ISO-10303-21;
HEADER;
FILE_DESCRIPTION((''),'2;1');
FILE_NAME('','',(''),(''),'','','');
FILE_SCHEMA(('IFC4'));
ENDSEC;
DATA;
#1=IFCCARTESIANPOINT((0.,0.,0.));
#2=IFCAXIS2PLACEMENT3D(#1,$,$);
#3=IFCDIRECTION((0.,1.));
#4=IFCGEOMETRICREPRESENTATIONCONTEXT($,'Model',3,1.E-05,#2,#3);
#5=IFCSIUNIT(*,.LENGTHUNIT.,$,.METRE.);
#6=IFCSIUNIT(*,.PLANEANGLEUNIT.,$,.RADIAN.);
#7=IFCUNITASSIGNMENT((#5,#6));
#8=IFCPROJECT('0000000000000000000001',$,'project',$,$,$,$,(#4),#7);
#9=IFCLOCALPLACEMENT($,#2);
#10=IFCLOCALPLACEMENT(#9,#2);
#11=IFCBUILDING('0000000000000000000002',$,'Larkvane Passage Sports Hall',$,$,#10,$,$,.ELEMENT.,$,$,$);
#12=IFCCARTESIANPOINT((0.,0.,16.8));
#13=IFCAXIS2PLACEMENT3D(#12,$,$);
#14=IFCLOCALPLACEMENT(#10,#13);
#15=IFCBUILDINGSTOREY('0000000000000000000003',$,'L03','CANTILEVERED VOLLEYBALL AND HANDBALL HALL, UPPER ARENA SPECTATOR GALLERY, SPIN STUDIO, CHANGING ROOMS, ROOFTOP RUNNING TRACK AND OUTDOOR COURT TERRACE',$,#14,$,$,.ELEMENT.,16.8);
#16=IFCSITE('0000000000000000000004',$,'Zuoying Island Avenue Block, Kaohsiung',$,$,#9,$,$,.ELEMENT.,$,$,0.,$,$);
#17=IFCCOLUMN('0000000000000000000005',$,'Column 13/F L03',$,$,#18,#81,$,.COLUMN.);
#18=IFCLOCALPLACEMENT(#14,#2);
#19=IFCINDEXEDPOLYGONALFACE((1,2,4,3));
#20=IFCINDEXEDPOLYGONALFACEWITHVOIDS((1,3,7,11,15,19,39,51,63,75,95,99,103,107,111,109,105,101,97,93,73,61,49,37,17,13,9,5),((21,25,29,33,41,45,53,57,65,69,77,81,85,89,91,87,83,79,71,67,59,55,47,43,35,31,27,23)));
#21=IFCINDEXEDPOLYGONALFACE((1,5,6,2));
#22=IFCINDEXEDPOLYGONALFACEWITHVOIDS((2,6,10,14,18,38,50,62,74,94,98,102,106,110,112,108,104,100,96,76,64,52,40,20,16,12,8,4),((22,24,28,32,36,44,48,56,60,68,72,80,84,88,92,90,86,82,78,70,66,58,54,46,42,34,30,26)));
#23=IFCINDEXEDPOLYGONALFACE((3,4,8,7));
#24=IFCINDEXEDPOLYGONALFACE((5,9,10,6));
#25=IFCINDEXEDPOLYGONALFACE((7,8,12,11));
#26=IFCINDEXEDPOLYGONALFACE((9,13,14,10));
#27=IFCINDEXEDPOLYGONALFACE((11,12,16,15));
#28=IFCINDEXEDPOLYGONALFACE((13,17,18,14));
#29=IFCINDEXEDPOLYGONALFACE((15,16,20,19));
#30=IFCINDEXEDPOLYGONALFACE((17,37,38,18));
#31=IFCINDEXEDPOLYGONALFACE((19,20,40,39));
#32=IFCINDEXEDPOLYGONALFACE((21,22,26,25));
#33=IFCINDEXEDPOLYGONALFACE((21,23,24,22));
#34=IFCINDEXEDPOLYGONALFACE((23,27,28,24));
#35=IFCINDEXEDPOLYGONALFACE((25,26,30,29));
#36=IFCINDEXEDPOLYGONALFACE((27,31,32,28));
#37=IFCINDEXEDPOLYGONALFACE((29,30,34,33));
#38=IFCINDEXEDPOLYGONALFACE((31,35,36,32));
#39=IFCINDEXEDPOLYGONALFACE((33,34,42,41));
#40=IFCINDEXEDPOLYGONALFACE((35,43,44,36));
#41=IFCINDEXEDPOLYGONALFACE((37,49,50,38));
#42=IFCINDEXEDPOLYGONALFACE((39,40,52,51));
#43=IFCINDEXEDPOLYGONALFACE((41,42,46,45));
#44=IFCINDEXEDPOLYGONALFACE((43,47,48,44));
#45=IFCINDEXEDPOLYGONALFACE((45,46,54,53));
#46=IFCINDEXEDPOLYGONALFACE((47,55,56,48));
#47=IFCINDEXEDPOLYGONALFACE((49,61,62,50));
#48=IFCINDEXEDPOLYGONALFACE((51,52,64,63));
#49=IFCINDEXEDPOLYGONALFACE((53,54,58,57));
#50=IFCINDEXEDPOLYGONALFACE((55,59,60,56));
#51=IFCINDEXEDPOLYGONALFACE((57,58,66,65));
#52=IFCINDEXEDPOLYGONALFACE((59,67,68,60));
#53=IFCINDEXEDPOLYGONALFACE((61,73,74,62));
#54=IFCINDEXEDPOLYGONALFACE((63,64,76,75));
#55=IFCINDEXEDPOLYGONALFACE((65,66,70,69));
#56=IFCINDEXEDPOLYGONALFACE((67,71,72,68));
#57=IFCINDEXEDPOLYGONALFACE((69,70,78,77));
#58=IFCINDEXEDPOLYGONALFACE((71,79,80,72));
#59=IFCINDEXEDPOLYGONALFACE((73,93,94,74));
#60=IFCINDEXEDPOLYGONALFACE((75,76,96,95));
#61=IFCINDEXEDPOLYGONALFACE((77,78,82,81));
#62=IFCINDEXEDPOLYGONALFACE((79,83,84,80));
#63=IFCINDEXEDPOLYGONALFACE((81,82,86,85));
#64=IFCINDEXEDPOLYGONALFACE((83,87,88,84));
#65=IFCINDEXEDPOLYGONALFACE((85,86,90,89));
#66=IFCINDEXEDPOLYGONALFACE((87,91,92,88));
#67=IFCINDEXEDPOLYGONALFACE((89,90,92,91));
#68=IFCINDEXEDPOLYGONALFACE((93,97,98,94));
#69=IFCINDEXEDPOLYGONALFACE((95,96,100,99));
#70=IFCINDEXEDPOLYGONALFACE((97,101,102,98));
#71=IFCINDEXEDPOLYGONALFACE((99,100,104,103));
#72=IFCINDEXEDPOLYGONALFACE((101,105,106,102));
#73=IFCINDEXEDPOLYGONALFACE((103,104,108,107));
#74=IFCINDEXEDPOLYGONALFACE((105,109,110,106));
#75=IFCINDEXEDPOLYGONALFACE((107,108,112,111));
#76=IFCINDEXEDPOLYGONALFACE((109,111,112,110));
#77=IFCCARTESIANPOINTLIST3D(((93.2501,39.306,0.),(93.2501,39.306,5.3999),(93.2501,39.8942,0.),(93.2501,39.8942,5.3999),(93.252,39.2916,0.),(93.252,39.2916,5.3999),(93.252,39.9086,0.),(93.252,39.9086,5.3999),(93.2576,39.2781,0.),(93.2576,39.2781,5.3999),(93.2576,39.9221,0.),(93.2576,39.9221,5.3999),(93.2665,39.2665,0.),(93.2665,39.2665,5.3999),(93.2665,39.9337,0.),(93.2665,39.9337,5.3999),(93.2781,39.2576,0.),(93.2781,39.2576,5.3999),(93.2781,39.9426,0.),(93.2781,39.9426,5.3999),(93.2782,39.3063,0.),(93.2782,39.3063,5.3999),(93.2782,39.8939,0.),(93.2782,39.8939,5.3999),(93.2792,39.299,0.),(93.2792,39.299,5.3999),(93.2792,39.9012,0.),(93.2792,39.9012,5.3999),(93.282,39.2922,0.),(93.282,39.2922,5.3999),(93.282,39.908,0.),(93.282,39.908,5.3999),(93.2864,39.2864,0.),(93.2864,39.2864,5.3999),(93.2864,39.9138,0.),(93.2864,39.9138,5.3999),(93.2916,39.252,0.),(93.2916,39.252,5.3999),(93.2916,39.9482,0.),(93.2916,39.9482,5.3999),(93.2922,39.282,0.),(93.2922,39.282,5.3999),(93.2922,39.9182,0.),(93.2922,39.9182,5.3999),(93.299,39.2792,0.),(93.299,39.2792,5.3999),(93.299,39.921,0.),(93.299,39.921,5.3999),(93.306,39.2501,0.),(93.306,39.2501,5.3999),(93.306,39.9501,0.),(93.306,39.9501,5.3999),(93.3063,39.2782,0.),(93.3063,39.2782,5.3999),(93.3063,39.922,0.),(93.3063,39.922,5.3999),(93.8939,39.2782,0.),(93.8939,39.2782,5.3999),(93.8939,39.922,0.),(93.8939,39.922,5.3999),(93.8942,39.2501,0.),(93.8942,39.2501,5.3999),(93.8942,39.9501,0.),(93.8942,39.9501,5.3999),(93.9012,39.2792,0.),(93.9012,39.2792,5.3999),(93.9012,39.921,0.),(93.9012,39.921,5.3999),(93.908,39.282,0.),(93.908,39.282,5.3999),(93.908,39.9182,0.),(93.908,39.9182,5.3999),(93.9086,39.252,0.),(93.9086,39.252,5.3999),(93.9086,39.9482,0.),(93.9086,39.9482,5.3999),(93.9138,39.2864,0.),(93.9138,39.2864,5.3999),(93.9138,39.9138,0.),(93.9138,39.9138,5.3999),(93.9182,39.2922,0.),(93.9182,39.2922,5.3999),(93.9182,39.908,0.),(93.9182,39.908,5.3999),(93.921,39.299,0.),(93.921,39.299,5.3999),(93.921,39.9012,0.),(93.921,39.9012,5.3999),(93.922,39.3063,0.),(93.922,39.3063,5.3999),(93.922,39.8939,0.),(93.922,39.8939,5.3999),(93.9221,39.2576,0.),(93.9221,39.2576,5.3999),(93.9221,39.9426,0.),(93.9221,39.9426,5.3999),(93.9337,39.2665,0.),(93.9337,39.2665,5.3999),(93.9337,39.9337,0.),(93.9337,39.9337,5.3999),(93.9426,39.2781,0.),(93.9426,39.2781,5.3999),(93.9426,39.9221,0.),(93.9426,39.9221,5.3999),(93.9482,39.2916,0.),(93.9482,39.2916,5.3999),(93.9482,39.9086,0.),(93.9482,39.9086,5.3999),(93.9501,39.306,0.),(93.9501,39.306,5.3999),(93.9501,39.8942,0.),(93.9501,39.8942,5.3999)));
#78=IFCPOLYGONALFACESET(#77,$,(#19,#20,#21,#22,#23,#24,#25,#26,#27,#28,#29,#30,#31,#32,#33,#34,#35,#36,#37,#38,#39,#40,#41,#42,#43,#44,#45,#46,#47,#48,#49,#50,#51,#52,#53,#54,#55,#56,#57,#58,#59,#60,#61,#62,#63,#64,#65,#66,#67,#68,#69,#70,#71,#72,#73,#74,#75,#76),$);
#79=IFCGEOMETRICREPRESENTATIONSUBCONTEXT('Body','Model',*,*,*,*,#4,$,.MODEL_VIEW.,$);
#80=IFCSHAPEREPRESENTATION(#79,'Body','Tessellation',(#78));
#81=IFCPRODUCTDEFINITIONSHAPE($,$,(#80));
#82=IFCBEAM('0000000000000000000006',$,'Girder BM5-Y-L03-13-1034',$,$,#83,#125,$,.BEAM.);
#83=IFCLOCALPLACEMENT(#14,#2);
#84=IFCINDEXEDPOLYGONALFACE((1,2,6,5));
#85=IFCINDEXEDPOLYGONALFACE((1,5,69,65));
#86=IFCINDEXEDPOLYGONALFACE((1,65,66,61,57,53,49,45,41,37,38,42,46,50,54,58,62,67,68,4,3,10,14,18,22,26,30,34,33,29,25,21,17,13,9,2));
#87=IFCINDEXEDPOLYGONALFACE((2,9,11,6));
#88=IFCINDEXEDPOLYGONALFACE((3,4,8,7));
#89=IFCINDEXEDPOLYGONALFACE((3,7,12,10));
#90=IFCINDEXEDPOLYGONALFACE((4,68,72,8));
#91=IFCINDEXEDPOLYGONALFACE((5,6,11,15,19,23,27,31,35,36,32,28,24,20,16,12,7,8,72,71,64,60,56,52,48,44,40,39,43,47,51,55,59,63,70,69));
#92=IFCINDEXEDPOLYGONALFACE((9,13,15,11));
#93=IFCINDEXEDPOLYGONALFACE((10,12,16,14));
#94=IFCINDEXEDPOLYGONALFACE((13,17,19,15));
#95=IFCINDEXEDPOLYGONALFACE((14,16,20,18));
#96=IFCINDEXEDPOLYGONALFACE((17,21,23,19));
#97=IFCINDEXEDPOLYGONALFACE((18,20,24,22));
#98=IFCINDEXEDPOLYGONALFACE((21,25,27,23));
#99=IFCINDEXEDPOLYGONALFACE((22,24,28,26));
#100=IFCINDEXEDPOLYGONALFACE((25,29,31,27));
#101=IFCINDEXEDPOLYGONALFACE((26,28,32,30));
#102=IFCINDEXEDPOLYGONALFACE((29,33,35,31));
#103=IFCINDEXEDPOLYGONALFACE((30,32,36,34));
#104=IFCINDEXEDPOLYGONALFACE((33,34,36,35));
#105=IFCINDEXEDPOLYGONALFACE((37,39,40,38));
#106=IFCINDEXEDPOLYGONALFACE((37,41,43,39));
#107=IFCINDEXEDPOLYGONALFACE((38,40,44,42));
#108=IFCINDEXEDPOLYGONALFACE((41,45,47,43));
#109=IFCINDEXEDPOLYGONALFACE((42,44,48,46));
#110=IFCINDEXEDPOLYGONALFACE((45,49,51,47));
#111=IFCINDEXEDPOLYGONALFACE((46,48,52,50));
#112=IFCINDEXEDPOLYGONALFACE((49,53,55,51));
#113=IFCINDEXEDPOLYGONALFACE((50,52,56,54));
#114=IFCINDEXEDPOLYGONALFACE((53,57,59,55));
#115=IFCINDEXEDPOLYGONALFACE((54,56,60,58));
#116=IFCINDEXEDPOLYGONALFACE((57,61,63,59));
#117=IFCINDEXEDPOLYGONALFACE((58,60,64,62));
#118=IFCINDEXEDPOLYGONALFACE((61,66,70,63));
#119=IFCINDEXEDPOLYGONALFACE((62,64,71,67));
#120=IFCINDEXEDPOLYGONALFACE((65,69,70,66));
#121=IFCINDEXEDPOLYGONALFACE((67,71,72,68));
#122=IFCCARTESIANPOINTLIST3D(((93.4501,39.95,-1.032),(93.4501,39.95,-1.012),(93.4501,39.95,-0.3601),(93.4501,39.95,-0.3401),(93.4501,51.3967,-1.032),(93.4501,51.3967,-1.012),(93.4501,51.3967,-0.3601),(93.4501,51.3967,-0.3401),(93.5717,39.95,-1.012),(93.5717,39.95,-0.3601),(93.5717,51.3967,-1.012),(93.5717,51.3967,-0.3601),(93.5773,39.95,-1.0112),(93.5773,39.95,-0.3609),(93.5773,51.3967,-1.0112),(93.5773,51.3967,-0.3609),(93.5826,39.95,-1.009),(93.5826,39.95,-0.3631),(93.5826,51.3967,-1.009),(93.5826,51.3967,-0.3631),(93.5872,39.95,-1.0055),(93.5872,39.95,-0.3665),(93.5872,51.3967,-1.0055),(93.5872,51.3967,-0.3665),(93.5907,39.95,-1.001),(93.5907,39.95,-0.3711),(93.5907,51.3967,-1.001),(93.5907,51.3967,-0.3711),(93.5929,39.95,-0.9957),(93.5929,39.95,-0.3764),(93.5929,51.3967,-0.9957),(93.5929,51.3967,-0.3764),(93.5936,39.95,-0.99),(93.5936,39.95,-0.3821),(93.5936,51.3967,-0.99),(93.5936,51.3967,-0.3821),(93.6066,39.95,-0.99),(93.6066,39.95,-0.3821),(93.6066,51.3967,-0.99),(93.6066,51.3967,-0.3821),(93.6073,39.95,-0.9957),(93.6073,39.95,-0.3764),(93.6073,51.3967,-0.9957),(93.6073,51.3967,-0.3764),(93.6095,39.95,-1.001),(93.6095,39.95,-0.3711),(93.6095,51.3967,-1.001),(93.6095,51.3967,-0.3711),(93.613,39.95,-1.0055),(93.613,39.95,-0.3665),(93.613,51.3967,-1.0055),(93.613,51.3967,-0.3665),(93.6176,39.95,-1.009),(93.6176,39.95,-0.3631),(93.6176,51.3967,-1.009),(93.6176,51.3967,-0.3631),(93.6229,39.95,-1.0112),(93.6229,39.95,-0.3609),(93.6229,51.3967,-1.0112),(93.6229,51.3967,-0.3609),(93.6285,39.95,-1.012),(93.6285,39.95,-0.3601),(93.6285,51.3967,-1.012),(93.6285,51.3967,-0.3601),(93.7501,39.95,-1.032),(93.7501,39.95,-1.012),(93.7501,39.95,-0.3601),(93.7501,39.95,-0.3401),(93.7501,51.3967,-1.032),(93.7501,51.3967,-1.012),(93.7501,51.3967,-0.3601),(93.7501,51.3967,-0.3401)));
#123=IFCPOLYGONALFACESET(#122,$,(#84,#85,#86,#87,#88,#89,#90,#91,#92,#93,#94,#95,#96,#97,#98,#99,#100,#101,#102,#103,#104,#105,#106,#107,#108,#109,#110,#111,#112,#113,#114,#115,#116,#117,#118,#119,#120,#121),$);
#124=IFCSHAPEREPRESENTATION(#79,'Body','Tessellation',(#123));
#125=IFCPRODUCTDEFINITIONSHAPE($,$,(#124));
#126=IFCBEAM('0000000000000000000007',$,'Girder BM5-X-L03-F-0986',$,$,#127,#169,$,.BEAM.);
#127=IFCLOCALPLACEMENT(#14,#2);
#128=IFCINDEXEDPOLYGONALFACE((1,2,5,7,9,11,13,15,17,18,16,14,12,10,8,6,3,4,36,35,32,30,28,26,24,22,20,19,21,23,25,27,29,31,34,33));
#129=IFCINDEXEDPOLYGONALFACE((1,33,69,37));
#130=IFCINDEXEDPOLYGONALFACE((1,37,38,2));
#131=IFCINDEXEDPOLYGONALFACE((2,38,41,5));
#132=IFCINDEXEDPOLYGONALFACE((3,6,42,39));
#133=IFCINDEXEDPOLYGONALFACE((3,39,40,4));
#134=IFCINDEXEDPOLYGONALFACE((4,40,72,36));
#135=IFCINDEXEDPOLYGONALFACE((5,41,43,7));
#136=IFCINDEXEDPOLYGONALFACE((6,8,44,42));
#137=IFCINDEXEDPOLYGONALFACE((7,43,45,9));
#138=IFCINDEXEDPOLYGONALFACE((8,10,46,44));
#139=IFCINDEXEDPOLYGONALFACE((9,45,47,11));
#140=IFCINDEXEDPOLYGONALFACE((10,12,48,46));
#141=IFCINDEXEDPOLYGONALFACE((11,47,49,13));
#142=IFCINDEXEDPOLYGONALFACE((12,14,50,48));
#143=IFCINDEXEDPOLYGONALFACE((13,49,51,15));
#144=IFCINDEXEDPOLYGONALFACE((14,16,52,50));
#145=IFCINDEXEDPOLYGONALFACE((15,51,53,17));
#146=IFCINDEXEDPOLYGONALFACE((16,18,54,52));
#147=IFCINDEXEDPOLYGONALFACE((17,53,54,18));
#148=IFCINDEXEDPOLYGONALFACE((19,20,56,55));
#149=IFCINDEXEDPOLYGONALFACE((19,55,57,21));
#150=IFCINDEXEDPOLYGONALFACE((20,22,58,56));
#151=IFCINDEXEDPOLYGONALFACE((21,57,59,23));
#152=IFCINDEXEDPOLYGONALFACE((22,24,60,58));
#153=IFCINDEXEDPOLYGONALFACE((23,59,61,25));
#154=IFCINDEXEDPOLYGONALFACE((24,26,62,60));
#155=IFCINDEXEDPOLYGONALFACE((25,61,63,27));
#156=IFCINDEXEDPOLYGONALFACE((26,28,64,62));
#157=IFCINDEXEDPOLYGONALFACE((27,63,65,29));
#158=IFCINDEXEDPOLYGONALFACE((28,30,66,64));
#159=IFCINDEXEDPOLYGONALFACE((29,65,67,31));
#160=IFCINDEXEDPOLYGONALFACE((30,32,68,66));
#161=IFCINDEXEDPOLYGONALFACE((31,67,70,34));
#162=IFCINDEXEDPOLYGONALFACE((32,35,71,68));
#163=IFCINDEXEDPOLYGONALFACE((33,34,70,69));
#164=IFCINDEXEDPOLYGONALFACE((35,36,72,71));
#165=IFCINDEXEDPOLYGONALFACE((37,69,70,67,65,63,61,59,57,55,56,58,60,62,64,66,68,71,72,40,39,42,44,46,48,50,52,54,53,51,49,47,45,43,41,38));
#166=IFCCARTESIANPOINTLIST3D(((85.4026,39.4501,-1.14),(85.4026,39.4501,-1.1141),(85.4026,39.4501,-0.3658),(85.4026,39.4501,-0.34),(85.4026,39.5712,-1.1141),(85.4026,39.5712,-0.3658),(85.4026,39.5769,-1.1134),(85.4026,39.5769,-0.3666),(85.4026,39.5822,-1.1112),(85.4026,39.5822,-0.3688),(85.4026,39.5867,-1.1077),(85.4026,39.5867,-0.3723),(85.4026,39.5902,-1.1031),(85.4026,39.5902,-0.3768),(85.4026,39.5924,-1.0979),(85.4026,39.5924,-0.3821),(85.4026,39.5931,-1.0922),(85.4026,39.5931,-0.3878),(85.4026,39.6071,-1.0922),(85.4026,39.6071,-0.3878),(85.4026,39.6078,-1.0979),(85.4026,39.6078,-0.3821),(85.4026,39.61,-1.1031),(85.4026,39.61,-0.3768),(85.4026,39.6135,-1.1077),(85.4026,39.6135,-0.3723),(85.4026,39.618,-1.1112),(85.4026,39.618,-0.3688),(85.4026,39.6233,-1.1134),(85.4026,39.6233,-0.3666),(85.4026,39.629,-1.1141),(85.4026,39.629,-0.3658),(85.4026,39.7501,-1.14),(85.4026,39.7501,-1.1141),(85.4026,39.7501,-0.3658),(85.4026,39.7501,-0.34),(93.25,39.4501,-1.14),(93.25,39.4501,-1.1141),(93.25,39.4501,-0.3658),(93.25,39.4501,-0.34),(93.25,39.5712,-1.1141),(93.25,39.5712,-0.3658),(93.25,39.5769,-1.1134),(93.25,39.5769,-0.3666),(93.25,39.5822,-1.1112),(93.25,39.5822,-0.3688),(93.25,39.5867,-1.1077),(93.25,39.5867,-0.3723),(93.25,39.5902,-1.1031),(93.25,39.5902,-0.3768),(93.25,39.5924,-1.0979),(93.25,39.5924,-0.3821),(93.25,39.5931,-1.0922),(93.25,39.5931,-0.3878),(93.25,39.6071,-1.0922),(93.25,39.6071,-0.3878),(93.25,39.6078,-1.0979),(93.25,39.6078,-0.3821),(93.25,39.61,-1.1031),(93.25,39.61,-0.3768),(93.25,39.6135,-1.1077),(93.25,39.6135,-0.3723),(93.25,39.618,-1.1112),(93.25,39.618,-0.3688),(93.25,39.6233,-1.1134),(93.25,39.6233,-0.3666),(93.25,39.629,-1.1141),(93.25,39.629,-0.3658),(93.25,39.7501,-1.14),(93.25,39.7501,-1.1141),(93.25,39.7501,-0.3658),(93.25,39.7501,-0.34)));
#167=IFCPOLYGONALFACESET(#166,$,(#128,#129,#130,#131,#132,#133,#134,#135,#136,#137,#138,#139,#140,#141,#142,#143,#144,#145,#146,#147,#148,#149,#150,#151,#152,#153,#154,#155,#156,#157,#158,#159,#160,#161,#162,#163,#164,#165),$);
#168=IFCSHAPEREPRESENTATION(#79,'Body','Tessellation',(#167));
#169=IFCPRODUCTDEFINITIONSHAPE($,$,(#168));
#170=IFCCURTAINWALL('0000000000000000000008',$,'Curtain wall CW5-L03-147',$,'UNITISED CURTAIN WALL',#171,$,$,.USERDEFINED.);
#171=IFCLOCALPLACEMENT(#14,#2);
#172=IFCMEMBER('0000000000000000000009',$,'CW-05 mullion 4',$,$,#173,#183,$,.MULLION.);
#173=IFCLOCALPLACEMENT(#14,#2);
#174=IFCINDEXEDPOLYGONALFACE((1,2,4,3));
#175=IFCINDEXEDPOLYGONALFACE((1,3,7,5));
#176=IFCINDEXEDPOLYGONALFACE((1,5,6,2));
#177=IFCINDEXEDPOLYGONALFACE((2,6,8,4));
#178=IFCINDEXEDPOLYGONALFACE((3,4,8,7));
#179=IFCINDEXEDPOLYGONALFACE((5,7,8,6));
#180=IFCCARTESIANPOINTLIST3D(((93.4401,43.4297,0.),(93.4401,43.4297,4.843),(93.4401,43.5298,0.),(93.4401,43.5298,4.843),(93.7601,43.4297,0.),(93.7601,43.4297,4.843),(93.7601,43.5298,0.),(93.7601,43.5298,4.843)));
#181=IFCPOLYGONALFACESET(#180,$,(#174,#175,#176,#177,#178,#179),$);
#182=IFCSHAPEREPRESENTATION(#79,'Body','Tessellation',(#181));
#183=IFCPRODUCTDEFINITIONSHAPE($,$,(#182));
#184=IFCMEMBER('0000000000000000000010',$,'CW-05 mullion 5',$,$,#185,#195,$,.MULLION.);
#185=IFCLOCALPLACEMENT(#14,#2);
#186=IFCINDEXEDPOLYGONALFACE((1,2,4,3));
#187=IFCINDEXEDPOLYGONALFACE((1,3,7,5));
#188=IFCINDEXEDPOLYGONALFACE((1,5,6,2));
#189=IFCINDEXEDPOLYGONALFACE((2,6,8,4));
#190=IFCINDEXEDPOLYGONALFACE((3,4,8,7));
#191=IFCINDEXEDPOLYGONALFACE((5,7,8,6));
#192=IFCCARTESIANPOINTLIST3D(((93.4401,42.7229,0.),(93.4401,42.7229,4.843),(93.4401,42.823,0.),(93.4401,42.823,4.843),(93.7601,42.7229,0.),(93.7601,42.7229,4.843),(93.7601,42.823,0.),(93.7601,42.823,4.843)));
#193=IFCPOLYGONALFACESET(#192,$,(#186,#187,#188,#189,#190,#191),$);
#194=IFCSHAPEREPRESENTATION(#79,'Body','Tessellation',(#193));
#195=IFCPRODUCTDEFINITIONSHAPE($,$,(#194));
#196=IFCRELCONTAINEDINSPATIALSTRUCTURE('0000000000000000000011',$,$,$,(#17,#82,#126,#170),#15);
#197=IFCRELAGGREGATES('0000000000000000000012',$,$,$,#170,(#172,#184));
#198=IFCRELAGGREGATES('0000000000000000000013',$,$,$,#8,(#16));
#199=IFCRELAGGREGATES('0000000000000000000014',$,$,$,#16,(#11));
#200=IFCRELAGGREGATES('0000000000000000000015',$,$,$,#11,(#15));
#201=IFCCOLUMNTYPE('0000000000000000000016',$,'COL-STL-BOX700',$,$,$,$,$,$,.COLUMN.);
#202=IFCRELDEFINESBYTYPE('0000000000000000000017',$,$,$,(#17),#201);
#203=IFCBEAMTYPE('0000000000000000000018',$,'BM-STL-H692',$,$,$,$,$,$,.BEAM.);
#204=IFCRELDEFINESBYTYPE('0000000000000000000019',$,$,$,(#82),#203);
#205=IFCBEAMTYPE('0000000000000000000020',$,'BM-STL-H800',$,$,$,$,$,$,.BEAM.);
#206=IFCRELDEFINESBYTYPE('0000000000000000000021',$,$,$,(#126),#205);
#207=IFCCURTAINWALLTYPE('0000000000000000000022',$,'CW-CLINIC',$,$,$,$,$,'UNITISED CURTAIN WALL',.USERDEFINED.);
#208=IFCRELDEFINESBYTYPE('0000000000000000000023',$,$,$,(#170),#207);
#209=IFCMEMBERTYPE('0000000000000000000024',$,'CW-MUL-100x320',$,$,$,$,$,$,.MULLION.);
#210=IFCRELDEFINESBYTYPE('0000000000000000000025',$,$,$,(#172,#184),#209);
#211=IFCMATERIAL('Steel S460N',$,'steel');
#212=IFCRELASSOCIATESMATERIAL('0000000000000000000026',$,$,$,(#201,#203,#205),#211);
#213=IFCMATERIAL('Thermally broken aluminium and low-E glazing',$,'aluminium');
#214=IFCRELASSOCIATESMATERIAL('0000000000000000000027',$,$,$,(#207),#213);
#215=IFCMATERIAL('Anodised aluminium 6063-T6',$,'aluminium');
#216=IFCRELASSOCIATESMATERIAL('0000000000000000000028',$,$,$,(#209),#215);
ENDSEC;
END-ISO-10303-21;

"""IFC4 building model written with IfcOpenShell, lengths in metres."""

from ifc_helpers import new_model, si_unit, direction, frame, origin, origin_2d, place, context, subcontext, project, spatial, rectangle, hollow_rectangle, i_section, extrude, material, material_profile, profile_set, type_object, element, aggregate, save


model = new_model("IFC4")

# Units and contexts
model_context = context("Model", 3, precision=1e-05, world=origin(), true_north=direction((0.0, 1.0)))
body_context = subcontext(model_context, "Body", "Model", "MODEL_VIEW")
ifc_project = project(units=[si_unit("LENGTHUNIT", "METRE"), si_unit("PLANEANGLEUNIT", "RADIAN")], contexts=[model_context])

# Site, building, storey
site_placement = place(None, origin())
site = spatial("IfcSite", under=ifc_project, at=site_placement, Name="Zuoying Island Avenue Block, Kaohsiung", CompositionType="ELEMENT", RefElevation=0.0)
building_placement = place(site_placement, origin())
building = spatial("IfcBuilding", under=site, at=building_placement, Name="Larkvane Passage Sports Hall", CompositionType="ELEMENT")
storey_placement = place(building_placement, frame((0.0, 0.0, 16.8)))
storey = spatial("IfcBuildingStorey", under=building, at=storey_placement, Name="L03", Description="CANTILEVERED VOLLEYBALL AND HANDBALL HALL, UPPER ARENA SPECTATOR GALLERY, SPIN STUDIO, CHANGING ROOMS, ROOFTOP RUNNING TRACK AND OUTDOOR COURT TERRACE", CompositionType="ELEMENT", Elevation=16.8)

# Column
ifc_material_1 = material(Name="Steel S460N", Category="steel")
ifc_material_profile_1 = material_profile(ifc_material_1, hollow_rectangle(XDim=0.7, YDim=0.7, WallThickness=0.0281, InnerFilletRadius=0.0281, OuterFilletRadius=0.0559, at=origin_2d()), Name="BOX-700x700x28")
ifc_profile_set_1 = profile_set([ifc_material_profile_1], Name="Steel S460N")
column_type = type_object("IfcColumnType", Name="COL-STL-BOX700", PredefinedType="COLUMN", material=ifc_profile_set_1)
column_placement = place(storey_placement, frame((93.6001, 39.6001, 0.0), z_axis=(0.0, 0.0, 1.0), x_axis=(1.0, 0.0, 0.0)))
element("IfcColumn", 1, at=column_placement, inside=storey, type_object=column_type, Name="Column 13/F L03", PredefinedType="COLUMN", context=body_context, shape_type="SweptSolid", body=[
    extrude(hollow_rectangle(XDim=0.7, YDim=0.7, WallThickness=0.0281, InnerFilletRadius=0.0281, OuterFilletRadius=0.0559, at=origin_2d()), origin(), (0.0, 0.0, 1.0), 5.3999),
])

# Beams
ifc_material_profile_2 = material_profile(ifc_material_1, i_section(OverallWidth=0.3, OverallDepth=0.6919, WebThickness=0.0129, FlangeThickness=0.02, FilletRadius=0.022, at=origin_2d()), Name="H-692x300x13x20")
ifc_profile_set_2 = profile_set([ifc_material_profile_2], Name="Steel S460N")
beam_type_1 = type_object("IfcBeamType", Name="BM-STL-H692", PredefinedType="BEAM", material=ifc_profile_set_2)
beam_1_placement = place(storey_placement, frame((93.6001, 39.95, -0.686), z_axis=(0.0, 1.0, 0.0), x_axis=(-1.0, 0.0, 0.0)))
element("IfcBeam", 2, at=beam_1_placement, inside=storey, type_object=beam_type_1, Name="Girder BM5-Y-L03-13-1034", PredefinedType="BEAM", context=body_context, shape_type="SweptSolid", body=[
    extrude(i_section(OverallWidth=0.3, OverallDepth=0.6919, WebThickness=0.0129, FlangeThickness=0.02, FilletRadius=0.022, at=origin_2d()), origin(), (0.0, 0.0, 1.0), 11.4468),
])
ifc_material_profile_3 = material_profile(ifc_material_1, i_section(OverallWidth=0.3, OverallDepth=0.8, WebThickness=0.0139, FlangeThickness=0.0259, FilletRadius=0.022, at=origin_2d()), Name="H-800x300x14x26")
ifc_profile_set_3 = profile_set([ifc_material_profile_3], Name="Steel S460N")
beam_type_2 = type_object("IfcBeamType", Name="BM-STL-H800", PredefinedType="BEAM", material=ifc_profile_set_3)
beam_2_placement = place(storey_placement, frame((85.4026, 39.6001, -0.74), z_axis=(1.0, 0.0, 0.0), x_axis=(0.0, 1.0, 0.0)))
element("IfcBeam", 3, at=beam_2_placement, inside=storey, type_object=beam_type_2, Name="Girder BM5-X-L03-F-0986", PredefinedType="BEAM", context=body_context, shape_type="SweptSolid", body=[
    extrude(i_section(OverallWidth=0.3, OverallDepth=0.8, WebThickness=0.0139, FlangeThickness=0.0259, FilletRadius=0.022, at=origin_2d()), origin(), (0.0, 0.0, 1.0), 7.8474),
])

# Curtain wall, members
ifc_material_2 = material(Name="Thermally broken aluminium and low-E glazing", Category="aluminium")
curtain_wall_type = type_object("IfcCurtainWallType", Name="CW-CLINIC", ElementType="UNITISED CURTAIN WALL", PredefinedType="USERDEFINED", material=ifc_material_2)
curtain_wall_placement = place(storey_placement, origin())
curtain_wall = element("IfcCurtainWall", 4, at=curtain_wall_placement, inside=storey, type_object=curtain_wall_type, Name="Curtain wall CW5-L03-147", ObjectType="UNITISED CURTAIN WALL", PredefinedType="USERDEFINED")
ifc_material_3 = material(Name="Anodised aluminium 6063-T6", Category="aluminium")
ifc_material_profile_4 = material_profile(ifc_material_3, rectangle(XDim=0.1001, YDim=0.3201, at=origin_2d()), Name="ALU-MUL-100x320")
ifc_profile_set_4 = profile_set([ifc_material_profile_4], Name="Anodised aluminium 6063-T6")
member_type_1 = type_object("IfcMemberType", Name="CW-MUL-100x320", PredefinedType="MULLION", material=ifc_profile_set_4)
member_1_placement = place(storey_placement, frame((93.6001, 43.4797, 0.0), z_axis=(0.0, 0.0, 1.0), x_axis=(0.0, -1.0, 0.0)))
member_1 = element("IfcMember", 5, at=member_1_placement, type_object=member_type_1, Name="CW-05 mullion 4", PredefinedType="MULLION", context=body_context, shape_type="SweptSolid", body=[
    extrude(rectangle(XDim=0.1001, YDim=0.3201, at=origin_2d()), origin(), (0.0, 0.0, 1.0), 4.843),
])
member_2_placement = place(storey_placement, frame((93.6001, 42.7729, 0.0), z_axis=(0.0, 0.0, 1.0), x_axis=(0.0, -1.0, 0.0)))
member_2 = element("IfcMember", 6, at=member_2_placement, type_object=member_type_1, Name="CW-05 mullion 5", PredefinedType="MULLION", context=body_context, shape_type="SweptSolid", body=[
    extrude(rectangle(XDim=0.1001, YDim=0.3201, at=origin_2d()), origin(), (0.0, 0.0, 1.0), 4.843),
])
aggregate(curtain_wall, [member_1, member_2])

save(model, "model.ifc")
